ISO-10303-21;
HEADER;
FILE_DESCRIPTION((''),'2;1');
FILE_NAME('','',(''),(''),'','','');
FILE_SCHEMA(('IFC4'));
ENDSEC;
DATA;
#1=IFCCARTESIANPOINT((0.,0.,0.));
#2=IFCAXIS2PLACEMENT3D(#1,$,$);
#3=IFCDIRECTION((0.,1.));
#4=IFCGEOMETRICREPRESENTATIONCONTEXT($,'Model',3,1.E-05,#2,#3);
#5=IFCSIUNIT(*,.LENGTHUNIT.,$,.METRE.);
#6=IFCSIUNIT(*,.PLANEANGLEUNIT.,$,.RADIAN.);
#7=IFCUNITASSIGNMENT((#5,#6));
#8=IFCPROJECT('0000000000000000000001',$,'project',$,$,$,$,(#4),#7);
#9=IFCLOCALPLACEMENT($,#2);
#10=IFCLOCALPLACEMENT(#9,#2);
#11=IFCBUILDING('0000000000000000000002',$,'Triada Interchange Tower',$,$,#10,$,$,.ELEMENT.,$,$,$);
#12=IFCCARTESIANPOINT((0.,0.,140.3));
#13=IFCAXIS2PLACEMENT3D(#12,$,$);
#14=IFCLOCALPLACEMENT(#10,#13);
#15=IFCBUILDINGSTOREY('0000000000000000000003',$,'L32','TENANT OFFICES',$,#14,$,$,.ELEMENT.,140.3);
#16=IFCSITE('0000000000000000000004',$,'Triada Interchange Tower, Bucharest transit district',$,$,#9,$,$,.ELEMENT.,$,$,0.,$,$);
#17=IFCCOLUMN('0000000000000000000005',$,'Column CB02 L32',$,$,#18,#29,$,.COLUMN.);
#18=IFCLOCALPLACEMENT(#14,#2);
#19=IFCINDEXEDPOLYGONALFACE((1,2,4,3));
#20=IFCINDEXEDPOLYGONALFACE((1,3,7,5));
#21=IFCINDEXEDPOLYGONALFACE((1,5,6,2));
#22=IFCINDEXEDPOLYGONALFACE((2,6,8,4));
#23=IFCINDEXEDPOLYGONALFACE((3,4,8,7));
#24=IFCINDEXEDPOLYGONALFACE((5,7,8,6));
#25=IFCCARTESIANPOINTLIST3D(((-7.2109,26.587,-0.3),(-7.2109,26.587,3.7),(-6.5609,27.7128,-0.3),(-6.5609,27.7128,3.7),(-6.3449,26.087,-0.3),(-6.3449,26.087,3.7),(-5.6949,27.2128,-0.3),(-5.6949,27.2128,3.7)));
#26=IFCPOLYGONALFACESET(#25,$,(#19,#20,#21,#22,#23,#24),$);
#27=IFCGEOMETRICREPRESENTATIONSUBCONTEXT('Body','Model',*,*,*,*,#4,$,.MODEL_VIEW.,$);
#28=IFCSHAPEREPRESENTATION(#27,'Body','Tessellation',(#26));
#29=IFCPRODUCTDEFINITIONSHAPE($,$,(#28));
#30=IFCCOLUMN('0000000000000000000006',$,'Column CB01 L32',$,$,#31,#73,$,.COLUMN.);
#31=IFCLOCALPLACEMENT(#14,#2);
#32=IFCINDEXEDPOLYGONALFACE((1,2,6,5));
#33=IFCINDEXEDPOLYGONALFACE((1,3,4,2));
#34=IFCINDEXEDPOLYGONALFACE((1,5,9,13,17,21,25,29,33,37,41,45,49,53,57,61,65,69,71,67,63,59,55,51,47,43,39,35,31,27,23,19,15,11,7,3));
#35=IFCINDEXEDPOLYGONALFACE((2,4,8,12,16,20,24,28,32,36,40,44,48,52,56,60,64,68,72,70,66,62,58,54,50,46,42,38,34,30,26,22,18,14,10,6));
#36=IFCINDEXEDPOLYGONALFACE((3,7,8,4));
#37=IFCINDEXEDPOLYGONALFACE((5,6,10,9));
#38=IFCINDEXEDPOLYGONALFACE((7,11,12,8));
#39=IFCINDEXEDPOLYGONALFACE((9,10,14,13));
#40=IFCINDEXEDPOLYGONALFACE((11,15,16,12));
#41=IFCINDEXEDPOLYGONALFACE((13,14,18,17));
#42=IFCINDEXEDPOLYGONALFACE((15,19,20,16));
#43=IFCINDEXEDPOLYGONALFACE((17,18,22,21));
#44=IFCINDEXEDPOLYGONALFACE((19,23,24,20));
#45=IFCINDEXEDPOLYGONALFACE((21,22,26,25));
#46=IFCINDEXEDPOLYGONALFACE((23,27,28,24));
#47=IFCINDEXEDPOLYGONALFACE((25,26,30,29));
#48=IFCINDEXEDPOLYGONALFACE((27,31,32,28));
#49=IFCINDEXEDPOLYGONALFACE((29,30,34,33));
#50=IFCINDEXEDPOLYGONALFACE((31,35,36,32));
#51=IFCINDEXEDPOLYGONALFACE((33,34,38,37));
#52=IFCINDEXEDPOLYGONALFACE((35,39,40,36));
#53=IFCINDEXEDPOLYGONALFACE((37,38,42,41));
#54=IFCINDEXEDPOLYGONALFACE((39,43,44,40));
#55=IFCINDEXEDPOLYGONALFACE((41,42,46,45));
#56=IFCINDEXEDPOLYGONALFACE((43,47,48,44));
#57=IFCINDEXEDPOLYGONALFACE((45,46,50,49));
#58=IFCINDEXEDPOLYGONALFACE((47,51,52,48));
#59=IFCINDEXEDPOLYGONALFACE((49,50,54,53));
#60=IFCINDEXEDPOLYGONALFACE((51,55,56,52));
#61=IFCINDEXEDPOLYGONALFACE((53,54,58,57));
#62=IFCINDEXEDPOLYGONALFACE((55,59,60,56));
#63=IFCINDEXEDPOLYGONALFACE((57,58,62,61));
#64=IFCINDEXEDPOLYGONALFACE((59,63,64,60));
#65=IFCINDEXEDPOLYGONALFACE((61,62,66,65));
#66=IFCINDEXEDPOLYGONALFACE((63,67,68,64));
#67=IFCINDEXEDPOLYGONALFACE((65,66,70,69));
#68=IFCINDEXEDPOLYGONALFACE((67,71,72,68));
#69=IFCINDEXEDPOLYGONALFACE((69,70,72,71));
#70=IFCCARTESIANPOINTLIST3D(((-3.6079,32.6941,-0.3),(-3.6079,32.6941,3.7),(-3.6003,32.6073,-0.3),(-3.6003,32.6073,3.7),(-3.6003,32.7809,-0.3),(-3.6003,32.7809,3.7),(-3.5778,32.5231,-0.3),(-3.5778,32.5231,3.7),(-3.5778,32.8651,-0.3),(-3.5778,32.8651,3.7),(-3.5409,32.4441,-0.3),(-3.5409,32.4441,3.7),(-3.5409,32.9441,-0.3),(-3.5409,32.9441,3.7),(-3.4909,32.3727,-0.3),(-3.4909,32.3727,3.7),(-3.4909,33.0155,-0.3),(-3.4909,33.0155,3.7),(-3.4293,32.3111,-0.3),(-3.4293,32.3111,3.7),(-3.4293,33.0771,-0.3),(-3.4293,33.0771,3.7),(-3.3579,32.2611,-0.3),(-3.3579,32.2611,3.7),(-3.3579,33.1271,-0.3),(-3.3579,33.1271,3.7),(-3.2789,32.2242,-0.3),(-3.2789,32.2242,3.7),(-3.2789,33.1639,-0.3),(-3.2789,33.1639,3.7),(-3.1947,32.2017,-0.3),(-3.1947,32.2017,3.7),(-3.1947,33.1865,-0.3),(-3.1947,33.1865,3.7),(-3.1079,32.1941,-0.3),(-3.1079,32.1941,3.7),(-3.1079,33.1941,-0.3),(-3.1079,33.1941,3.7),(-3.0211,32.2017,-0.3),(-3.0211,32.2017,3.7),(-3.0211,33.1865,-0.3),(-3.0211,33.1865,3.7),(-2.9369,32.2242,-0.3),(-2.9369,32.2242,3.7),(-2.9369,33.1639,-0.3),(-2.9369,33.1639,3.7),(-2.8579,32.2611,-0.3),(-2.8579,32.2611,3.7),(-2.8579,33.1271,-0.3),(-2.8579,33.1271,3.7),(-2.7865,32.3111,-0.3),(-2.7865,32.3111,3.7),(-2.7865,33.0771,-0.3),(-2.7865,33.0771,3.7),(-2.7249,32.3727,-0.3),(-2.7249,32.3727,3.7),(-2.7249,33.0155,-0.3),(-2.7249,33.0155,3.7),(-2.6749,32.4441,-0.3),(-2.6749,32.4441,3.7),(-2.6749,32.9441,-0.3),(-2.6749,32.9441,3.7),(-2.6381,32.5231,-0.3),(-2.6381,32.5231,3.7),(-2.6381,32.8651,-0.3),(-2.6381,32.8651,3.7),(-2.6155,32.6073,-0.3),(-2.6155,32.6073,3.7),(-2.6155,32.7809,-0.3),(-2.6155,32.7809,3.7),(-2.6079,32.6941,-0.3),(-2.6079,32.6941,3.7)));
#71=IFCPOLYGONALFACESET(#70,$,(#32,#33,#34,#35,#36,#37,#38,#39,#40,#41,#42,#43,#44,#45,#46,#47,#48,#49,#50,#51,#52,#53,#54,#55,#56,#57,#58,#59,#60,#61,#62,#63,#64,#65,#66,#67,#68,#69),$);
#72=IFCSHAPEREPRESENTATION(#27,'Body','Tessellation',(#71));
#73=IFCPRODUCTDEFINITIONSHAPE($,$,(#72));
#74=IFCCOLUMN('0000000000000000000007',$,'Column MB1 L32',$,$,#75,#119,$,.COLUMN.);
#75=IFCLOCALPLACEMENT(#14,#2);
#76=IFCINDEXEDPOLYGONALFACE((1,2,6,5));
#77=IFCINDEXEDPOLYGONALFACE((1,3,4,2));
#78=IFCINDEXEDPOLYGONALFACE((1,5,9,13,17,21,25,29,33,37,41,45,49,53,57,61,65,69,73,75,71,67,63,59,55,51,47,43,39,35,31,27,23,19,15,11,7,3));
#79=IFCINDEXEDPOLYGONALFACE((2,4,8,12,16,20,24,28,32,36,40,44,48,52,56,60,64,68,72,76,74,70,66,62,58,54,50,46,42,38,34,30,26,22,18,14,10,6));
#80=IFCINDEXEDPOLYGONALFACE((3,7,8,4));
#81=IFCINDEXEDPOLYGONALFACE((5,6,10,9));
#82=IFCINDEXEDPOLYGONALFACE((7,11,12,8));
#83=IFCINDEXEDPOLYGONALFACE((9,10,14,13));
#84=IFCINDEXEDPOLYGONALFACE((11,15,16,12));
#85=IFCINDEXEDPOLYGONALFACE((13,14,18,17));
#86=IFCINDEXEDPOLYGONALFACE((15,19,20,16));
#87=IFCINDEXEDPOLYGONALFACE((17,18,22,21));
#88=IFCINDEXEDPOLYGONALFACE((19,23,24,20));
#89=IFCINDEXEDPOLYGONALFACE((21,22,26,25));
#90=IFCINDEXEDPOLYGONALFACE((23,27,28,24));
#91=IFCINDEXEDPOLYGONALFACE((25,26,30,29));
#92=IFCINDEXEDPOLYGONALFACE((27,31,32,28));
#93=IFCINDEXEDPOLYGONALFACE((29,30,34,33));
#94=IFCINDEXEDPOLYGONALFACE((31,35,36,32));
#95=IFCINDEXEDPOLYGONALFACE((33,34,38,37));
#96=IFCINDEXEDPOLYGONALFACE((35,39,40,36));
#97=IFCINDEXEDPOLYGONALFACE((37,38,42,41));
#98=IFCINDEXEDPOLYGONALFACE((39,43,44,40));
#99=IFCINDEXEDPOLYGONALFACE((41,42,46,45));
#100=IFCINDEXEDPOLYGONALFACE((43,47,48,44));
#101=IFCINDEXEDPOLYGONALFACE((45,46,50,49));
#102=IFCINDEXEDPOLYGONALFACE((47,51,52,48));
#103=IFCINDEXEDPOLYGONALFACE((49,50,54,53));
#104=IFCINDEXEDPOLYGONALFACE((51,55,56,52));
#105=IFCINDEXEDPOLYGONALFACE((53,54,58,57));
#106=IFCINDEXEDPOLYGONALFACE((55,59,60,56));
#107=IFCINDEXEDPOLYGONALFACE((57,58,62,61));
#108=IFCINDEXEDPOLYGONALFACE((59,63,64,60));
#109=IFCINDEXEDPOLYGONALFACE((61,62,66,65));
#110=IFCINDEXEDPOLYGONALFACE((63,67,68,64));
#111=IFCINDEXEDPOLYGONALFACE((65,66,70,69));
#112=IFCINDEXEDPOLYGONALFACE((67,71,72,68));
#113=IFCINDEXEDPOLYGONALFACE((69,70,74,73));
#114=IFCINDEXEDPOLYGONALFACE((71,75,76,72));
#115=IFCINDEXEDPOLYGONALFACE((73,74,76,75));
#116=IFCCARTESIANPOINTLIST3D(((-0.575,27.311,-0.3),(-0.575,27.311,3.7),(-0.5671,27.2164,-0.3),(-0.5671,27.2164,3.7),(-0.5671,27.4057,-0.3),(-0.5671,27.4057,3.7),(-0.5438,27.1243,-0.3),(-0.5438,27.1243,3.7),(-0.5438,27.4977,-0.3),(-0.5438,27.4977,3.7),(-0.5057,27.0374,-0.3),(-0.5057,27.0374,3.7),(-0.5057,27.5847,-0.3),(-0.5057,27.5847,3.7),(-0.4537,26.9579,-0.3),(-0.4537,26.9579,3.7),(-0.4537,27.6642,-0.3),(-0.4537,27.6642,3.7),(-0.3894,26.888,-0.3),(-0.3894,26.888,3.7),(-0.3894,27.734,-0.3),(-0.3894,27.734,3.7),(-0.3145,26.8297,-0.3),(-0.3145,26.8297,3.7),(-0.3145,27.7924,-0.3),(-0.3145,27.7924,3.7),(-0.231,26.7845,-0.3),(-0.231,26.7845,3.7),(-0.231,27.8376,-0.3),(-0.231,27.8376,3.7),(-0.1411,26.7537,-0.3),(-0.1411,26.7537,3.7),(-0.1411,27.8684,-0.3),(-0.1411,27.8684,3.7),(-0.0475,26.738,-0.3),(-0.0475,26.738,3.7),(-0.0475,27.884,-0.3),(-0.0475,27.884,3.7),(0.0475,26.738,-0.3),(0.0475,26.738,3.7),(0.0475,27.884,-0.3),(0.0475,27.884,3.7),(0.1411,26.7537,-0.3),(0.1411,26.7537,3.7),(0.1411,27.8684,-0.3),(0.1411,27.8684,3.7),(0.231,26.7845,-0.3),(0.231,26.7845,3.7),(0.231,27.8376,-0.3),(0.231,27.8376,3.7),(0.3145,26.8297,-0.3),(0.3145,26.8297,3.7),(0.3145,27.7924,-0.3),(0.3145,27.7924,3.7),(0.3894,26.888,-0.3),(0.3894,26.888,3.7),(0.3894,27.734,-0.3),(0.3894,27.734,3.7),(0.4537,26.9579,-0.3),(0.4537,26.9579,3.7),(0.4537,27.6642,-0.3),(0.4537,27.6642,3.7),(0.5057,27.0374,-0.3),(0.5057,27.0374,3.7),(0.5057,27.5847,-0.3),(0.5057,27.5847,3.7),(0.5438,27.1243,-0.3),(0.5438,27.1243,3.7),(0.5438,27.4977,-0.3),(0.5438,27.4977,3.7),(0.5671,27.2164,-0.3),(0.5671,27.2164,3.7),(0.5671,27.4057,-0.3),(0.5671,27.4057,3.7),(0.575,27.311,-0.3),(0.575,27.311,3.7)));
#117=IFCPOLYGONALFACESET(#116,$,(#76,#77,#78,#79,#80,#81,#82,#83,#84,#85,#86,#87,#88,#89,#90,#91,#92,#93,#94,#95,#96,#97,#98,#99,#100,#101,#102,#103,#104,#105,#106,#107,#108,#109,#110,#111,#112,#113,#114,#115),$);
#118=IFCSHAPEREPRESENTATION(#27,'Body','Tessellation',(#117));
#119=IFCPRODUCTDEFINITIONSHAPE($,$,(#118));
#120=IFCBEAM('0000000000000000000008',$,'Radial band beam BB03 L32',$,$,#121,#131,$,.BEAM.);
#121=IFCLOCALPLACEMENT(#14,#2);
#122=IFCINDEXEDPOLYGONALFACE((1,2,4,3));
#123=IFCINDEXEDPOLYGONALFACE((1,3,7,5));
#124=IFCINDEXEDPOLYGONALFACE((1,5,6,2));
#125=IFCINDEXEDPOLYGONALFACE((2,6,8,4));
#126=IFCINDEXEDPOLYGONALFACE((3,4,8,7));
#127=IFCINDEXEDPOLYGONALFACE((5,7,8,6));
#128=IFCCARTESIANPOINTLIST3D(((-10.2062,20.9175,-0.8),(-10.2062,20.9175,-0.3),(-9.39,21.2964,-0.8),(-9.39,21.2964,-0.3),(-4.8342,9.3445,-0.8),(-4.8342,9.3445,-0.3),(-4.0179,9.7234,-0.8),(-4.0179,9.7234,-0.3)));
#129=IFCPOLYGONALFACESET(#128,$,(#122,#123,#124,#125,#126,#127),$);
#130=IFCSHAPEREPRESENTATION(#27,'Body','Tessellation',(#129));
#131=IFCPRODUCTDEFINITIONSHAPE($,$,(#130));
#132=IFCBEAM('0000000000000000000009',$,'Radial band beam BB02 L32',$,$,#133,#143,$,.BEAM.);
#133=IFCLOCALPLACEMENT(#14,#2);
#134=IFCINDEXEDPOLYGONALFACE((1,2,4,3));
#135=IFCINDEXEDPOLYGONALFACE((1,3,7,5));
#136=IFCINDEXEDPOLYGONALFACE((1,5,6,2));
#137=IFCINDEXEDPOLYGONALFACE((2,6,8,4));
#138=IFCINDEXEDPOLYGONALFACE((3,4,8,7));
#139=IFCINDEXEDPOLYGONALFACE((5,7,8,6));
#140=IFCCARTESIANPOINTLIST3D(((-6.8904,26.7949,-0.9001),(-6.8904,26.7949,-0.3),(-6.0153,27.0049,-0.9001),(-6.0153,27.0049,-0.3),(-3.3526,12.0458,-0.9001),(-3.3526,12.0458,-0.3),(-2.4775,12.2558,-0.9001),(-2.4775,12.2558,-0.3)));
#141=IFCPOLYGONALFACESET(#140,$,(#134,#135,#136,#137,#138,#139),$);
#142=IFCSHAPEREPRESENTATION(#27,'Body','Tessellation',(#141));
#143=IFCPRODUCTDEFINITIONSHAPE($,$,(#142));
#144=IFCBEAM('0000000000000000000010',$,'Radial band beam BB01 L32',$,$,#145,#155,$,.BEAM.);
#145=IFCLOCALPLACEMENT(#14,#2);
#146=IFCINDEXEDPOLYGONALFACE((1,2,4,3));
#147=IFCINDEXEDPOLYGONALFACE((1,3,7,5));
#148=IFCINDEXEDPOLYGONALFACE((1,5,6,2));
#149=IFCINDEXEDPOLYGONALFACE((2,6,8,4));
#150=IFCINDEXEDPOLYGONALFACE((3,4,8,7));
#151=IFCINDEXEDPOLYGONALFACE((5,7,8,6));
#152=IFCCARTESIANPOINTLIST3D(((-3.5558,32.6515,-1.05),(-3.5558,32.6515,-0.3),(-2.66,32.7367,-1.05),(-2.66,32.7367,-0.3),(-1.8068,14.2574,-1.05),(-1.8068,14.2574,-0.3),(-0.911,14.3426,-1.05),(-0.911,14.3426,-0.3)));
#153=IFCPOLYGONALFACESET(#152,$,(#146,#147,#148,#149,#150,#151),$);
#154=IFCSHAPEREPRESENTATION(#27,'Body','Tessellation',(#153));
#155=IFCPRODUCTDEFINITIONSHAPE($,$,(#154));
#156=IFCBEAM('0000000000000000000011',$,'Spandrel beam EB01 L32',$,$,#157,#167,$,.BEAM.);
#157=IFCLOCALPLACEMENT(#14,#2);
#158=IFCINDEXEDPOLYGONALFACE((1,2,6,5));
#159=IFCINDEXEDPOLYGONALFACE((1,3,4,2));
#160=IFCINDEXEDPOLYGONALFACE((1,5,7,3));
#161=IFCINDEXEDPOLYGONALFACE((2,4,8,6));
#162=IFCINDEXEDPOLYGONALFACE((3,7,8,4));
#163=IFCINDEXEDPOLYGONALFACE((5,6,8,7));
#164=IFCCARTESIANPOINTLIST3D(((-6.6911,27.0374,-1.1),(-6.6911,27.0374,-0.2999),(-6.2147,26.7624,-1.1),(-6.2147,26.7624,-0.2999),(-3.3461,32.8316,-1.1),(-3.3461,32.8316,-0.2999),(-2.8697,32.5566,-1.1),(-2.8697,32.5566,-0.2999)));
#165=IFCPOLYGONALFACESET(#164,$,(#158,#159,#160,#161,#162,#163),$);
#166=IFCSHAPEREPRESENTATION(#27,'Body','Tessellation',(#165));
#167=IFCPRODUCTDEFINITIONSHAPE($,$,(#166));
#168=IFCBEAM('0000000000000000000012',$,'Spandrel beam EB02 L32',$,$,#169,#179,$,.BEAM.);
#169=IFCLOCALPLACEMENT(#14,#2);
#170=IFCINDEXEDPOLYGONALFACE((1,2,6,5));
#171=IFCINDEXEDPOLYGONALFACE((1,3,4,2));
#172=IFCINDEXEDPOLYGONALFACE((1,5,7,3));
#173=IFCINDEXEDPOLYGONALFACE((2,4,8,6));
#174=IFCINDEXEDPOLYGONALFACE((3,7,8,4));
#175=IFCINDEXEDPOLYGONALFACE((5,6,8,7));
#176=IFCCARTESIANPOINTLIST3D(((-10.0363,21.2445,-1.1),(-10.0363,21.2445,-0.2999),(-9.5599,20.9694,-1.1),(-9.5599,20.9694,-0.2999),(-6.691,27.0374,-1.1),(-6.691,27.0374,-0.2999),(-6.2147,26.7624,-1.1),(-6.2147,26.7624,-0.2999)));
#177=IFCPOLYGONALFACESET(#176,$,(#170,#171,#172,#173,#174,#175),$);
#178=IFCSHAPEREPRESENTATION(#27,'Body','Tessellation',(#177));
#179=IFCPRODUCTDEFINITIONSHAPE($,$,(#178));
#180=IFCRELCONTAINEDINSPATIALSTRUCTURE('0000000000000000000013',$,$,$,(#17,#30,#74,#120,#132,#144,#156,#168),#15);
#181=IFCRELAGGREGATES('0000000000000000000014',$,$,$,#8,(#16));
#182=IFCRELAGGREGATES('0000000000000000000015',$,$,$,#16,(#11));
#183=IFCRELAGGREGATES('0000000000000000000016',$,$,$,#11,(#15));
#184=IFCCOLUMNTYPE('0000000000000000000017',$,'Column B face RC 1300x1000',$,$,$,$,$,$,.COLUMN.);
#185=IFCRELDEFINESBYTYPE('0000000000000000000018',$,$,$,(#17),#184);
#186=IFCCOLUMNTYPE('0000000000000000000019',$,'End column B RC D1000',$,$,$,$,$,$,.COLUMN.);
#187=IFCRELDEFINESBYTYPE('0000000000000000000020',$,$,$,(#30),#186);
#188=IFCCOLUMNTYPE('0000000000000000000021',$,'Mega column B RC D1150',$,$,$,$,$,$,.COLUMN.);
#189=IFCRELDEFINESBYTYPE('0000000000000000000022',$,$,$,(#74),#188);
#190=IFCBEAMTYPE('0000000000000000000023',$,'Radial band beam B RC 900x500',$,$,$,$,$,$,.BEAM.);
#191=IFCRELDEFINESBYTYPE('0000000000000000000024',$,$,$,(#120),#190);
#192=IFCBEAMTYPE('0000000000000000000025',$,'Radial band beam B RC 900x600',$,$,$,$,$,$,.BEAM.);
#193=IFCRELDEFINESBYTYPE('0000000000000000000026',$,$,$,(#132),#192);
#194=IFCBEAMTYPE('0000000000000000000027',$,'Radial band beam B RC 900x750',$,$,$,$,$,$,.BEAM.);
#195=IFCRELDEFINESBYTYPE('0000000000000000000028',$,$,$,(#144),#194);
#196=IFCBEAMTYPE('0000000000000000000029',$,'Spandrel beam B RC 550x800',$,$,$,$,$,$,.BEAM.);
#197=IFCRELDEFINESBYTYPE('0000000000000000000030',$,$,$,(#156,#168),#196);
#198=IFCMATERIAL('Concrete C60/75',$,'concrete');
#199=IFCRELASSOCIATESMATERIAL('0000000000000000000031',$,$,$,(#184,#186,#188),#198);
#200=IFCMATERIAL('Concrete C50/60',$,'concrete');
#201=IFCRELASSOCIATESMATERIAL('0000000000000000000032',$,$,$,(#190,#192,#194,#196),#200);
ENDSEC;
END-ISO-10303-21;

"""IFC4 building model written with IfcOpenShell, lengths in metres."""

from ifc_helpers import new_model, si_unit, direction, frame, origin, origin_2d, place, context, subcontext, project, spatial, rectangle, circle, extrude, material, material_profile, profile_set, type_object, element, save


model = new_model("IFC4")

# Units and contexts
model_context = context("Model", 3, precision=1e-05, world=origin(), true_north=direction((0.0, 1.0)))
body_context = subcontext(model_context, "Body", "Model", "MODEL_VIEW")
ifc_project = project(units=[si_unit("LENGTHUNIT", "METRE"), si_unit("PLANEANGLEUNIT", "RADIAN")], contexts=[model_context])

# Site, building, storey
site_placement = place(None, origin())
site = spatial("IfcSite", under=ifc_project, at=site_placement, Name="Triada Interchange Tower, Bucharest transit district", CompositionType="ELEMENT", RefElevation=0.0)
building_placement = place(site_placement, origin())
building = spatial("IfcBuilding", under=site, at=building_placement, Name="Triada Interchange Tower", CompositionType="ELEMENT")
storey_placement = place(building_placement, frame((0.0, 0.0, 140.3)))
storey = spatial("IfcBuildingStorey", under=building, at=storey_placement, Name="L32", Description="TENANT OFFICES", CompositionType="ELEMENT", Elevation=140.3)

# Columns
ifc_material_1 = material(Name="Concrete C60/75", Category="concrete")
ifc_material_profile_1 = material_profile(ifc_material_1, rectangle(XDim=1.3, YDim=1.0, at=origin_2d()), Name="RC 1300x1000")
ifc_profile_set_1 = profile_set([ifc_material_profile_1], Name="Concrete C60/75")
column_type_1 = type_object("IfcColumnType", Name="Column B face RC 1300x1000", PredefinedType="COLUMN", material=ifc_profile_set_1)
column_1_placement = place(storey_placement, frame((-6.4529, 26.8999, -0.3), z_axis=(0.0, 0.0, 1.0), x_axis=(0.5, 0.866025, 0.0)))
element("IfcColumn", 1, at=column_1_placement, inside=storey, type_object=column_type_1, Name="Column CB02 L32", PredefinedType="COLUMN", context=body_context, shape_type="SweptSolid", body=[
    extrude(rectangle(XDim=1.3, YDim=1.0, at=origin_2d()), origin(), (0.0, 0.0, 1.0), 4.0),
])
ifc_material_profile_2 = material_profile(ifc_material_1, circle(Radius=0.5, at=origin_2d()), Name="RC D1000")
ifc_profile_set_2 = profile_set([ifc_material_profile_2], Name="Concrete C60/75")
column_type_2 = type_object("IfcColumnType", Name="End column B RC D1000", PredefinedType="COLUMN", material=ifc_profile_set_2)
column_2_placement = place(storey_placement, frame((-3.1079, 32.6941, -0.3), z_axis=(0.0, 0.0, 1.0), x_axis=(0.5, 0.866025, 0.0)))
element("IfcColumn", 2, at=column_2_placement, inside=storey, type_object=column_type_2, Name="Column CB01 L32", PredefinedType="COLUMN", context=body_context, shape_type="SweptSolid", body=[
    extrude(circle(Radius=0.5, at=origin_2d()), origin(), (0.0, 0.0, 1.0), 4.0),
])
ifc_material_profile_3 = material_profile(ifc_material_1, circle(Radius=0.575, at=origin_2d()), Name="RC D1150")
ifc_profile_set_3 = profile_set([ifc_material_profile_3], Name="Concrete C60/75")
column_type_3 = type_object("IfcColumnType", Name="Mega column B RC D1150", PredefinedType="COLUMN", material=ifc_profile_set_3)
column_3_placement = place(storey_placement, frame((0.0, 27.311, -0.3), z_axis=(0.0, 0.0, 1.0), x_axis=(1.0, 0.0, 0.0)))
element("IfcColumn", 3, at=column_3_placement, inside=storey, type_object=column_type_3, Name="Column MB1 L32", PredefinedType="COLUMN", context=body_context, shape_type="SweptSolid", body=[
    extrude(circle(Radius=0.575, at=origin_2d()), origin(), (0.0, 0.0, 1.0), 4.0),
])

# Beams
ifc_material_2 = material(Name="Concrete C50/60", Category="concrete")
ifc_material_profile_4 = material_profile(ifc_material_2, rectangle(XDim=0.8999, YDim=0.5, at=origin_2d()), Name="RC 900x500")
ifc_profile_set_4 = profile_set([ifc_material_profile_4], Name="Concrete C50/60")
beam_type_1 = type_object("IfcBeamType", Name="Radial band beam B RC 900x500", PredefinedType="BEAM", material=ifc_profile_set_4)
beam_1_placement = place(storey_placement, frame((-9.7981, 21.1069, -0.55), z_axis=(0.42104, -0.907042, 0.0), x_axis=(0.907042, 0.42104, 0.0)))
element("IfcBeam", 4, at=beam_1_placement, inside=storey, type_object=beam_type_1, Name="Radial band beam BB03 L32", PredefinedType="BEAM", context=body_context, shape_type="SweptSolid", body=[
    extrude(rectangle(XDim=0.8999, YDim=0.5, at=origin_2d()), origin(), (0.0, 0.0, 1.0), 12.759),
])
ifc_material_profile_5 = material_profile(ifc_material_2, rectangle(XDim=0.8999, YDim=0.6001, at=origin_2d()), Name="RC 900x600")
ifc_profile_set_5 = profile_set([ifc_material_profile_5], Name="Concrete C50/60")
beam_type_2 = type_object("IfcBeamType", Name="Radial band beam B RC 900x600", PredefinedType="BEAM", material=ifc_profile_set_5)
beam_2_placement = place(storey_placement, frame((-6.4529, 26.8999, -0.6001), z_axis=(0.233253, -0.972416, 0.0), x_axis=(0.972416, 0.233253, 0.0)))
element("IfcBeam", 5, at=beam_2_placement, inside=storey, type_object=beam_type_2, Name="Radial band beam BB02 L32", PredefinedType="BEAM", context=body_context, shape_type="SweptSolid", body=[
    extrude(rectangle(XDim=0.8999, YDim=0.6001, at=origin_2d()), origin(), (0.0, 0.0, 1.0), 15.1675),
])
ifc_material_profile_6 = material_profile(ifc_material_2, rectangle(XDim=0.8999, YDim=0.75, at=origin_2d()), Name="RC 900x750")
ifc_profile_set_6 = profile_set([ifc_material_profile_6], Name="Concrete C50/60")
beam_type_3 = type_object("IfcBeamType", Name="Radial band beam B RC 900x750", PredefinedType="BEAM", material=ifc_profile_set_6)
beam_3_placement = place(storey_placement, frame((-3.1079, 32.6941, -0.675), z_axis=(0.094659, -0.99551, 0.0), x_axis=(0.99551, 0.094659, 0.0)))
element("IfcBeam", 6, at=beam_3_placement, inside=storey, type_object=beam_type_3, Name="Radial band beam BB01 L32", PredefinedType="BEAM", context=body_context, shape_type="SweptSolid", body=[
    extrude(rectangle(XDim=0.8999, YDim=0.75, at=origin_2d()), origin(), (0.0, 0.0, 1.0), 18.4771),
])
ifc_material_profile_7 = material_profile(ifc_material_2, rectangle(XDim=0.55, YDim=0.8, at=origin_2d()), Name="RC 550x800")
ifc_profile_set_7 = profile_set([ifc_material_profile_7], Name="Concrete C50/60")
beam_type_4 = type_object("IfcBeamType", Name="Spandrel beam B RC 550x800", PredefinedType="BEAM", material=ifc_profile_set_7)
beam_4_placement = place(storey_placement, frame((-3.1079, 32.6941, -0.7), z_axis=(-0.499966, -0.866045, 0.0), x_axis=(0.866045, -0.499966, 0.0)))
element("IfcBeam", 7, at=beam_4_placement, inside=storey, type_object=beam_type_4, Name="Spandrel beam EB01 L32", PredefinedType="BEAM", context=body_context, shape_type="SweptSolid", body=[
    extrude(rectangle(XDim=0.55, YDim=0.8, at=origin_2d()), origin(), (0.0, 0.0, 1.0), 6.6904),
])
beam_5_placement = place(storey_placement, frame((-6.4529, 26.8999, -0.7), z_axis=(-0.500072, -0.865984, 0.0), x_axis=(0.865984, -0.500072, 0.0)))
element("IfcBeam", 8, at=beam_5_placement, inside=storey, type_object=beam_type_4, Name="Spandrel beam EB02 L32", PredefinedType="BEAM", context=body_context, shape_type="SweptSolid", body=[
    extrude(rectangle(XDim=0.55, YDim=0.8, at=origin_2d()), origin(), (0.0, 0.0, 1.0), 6.6895),
])

save(model, "model.ifc")
